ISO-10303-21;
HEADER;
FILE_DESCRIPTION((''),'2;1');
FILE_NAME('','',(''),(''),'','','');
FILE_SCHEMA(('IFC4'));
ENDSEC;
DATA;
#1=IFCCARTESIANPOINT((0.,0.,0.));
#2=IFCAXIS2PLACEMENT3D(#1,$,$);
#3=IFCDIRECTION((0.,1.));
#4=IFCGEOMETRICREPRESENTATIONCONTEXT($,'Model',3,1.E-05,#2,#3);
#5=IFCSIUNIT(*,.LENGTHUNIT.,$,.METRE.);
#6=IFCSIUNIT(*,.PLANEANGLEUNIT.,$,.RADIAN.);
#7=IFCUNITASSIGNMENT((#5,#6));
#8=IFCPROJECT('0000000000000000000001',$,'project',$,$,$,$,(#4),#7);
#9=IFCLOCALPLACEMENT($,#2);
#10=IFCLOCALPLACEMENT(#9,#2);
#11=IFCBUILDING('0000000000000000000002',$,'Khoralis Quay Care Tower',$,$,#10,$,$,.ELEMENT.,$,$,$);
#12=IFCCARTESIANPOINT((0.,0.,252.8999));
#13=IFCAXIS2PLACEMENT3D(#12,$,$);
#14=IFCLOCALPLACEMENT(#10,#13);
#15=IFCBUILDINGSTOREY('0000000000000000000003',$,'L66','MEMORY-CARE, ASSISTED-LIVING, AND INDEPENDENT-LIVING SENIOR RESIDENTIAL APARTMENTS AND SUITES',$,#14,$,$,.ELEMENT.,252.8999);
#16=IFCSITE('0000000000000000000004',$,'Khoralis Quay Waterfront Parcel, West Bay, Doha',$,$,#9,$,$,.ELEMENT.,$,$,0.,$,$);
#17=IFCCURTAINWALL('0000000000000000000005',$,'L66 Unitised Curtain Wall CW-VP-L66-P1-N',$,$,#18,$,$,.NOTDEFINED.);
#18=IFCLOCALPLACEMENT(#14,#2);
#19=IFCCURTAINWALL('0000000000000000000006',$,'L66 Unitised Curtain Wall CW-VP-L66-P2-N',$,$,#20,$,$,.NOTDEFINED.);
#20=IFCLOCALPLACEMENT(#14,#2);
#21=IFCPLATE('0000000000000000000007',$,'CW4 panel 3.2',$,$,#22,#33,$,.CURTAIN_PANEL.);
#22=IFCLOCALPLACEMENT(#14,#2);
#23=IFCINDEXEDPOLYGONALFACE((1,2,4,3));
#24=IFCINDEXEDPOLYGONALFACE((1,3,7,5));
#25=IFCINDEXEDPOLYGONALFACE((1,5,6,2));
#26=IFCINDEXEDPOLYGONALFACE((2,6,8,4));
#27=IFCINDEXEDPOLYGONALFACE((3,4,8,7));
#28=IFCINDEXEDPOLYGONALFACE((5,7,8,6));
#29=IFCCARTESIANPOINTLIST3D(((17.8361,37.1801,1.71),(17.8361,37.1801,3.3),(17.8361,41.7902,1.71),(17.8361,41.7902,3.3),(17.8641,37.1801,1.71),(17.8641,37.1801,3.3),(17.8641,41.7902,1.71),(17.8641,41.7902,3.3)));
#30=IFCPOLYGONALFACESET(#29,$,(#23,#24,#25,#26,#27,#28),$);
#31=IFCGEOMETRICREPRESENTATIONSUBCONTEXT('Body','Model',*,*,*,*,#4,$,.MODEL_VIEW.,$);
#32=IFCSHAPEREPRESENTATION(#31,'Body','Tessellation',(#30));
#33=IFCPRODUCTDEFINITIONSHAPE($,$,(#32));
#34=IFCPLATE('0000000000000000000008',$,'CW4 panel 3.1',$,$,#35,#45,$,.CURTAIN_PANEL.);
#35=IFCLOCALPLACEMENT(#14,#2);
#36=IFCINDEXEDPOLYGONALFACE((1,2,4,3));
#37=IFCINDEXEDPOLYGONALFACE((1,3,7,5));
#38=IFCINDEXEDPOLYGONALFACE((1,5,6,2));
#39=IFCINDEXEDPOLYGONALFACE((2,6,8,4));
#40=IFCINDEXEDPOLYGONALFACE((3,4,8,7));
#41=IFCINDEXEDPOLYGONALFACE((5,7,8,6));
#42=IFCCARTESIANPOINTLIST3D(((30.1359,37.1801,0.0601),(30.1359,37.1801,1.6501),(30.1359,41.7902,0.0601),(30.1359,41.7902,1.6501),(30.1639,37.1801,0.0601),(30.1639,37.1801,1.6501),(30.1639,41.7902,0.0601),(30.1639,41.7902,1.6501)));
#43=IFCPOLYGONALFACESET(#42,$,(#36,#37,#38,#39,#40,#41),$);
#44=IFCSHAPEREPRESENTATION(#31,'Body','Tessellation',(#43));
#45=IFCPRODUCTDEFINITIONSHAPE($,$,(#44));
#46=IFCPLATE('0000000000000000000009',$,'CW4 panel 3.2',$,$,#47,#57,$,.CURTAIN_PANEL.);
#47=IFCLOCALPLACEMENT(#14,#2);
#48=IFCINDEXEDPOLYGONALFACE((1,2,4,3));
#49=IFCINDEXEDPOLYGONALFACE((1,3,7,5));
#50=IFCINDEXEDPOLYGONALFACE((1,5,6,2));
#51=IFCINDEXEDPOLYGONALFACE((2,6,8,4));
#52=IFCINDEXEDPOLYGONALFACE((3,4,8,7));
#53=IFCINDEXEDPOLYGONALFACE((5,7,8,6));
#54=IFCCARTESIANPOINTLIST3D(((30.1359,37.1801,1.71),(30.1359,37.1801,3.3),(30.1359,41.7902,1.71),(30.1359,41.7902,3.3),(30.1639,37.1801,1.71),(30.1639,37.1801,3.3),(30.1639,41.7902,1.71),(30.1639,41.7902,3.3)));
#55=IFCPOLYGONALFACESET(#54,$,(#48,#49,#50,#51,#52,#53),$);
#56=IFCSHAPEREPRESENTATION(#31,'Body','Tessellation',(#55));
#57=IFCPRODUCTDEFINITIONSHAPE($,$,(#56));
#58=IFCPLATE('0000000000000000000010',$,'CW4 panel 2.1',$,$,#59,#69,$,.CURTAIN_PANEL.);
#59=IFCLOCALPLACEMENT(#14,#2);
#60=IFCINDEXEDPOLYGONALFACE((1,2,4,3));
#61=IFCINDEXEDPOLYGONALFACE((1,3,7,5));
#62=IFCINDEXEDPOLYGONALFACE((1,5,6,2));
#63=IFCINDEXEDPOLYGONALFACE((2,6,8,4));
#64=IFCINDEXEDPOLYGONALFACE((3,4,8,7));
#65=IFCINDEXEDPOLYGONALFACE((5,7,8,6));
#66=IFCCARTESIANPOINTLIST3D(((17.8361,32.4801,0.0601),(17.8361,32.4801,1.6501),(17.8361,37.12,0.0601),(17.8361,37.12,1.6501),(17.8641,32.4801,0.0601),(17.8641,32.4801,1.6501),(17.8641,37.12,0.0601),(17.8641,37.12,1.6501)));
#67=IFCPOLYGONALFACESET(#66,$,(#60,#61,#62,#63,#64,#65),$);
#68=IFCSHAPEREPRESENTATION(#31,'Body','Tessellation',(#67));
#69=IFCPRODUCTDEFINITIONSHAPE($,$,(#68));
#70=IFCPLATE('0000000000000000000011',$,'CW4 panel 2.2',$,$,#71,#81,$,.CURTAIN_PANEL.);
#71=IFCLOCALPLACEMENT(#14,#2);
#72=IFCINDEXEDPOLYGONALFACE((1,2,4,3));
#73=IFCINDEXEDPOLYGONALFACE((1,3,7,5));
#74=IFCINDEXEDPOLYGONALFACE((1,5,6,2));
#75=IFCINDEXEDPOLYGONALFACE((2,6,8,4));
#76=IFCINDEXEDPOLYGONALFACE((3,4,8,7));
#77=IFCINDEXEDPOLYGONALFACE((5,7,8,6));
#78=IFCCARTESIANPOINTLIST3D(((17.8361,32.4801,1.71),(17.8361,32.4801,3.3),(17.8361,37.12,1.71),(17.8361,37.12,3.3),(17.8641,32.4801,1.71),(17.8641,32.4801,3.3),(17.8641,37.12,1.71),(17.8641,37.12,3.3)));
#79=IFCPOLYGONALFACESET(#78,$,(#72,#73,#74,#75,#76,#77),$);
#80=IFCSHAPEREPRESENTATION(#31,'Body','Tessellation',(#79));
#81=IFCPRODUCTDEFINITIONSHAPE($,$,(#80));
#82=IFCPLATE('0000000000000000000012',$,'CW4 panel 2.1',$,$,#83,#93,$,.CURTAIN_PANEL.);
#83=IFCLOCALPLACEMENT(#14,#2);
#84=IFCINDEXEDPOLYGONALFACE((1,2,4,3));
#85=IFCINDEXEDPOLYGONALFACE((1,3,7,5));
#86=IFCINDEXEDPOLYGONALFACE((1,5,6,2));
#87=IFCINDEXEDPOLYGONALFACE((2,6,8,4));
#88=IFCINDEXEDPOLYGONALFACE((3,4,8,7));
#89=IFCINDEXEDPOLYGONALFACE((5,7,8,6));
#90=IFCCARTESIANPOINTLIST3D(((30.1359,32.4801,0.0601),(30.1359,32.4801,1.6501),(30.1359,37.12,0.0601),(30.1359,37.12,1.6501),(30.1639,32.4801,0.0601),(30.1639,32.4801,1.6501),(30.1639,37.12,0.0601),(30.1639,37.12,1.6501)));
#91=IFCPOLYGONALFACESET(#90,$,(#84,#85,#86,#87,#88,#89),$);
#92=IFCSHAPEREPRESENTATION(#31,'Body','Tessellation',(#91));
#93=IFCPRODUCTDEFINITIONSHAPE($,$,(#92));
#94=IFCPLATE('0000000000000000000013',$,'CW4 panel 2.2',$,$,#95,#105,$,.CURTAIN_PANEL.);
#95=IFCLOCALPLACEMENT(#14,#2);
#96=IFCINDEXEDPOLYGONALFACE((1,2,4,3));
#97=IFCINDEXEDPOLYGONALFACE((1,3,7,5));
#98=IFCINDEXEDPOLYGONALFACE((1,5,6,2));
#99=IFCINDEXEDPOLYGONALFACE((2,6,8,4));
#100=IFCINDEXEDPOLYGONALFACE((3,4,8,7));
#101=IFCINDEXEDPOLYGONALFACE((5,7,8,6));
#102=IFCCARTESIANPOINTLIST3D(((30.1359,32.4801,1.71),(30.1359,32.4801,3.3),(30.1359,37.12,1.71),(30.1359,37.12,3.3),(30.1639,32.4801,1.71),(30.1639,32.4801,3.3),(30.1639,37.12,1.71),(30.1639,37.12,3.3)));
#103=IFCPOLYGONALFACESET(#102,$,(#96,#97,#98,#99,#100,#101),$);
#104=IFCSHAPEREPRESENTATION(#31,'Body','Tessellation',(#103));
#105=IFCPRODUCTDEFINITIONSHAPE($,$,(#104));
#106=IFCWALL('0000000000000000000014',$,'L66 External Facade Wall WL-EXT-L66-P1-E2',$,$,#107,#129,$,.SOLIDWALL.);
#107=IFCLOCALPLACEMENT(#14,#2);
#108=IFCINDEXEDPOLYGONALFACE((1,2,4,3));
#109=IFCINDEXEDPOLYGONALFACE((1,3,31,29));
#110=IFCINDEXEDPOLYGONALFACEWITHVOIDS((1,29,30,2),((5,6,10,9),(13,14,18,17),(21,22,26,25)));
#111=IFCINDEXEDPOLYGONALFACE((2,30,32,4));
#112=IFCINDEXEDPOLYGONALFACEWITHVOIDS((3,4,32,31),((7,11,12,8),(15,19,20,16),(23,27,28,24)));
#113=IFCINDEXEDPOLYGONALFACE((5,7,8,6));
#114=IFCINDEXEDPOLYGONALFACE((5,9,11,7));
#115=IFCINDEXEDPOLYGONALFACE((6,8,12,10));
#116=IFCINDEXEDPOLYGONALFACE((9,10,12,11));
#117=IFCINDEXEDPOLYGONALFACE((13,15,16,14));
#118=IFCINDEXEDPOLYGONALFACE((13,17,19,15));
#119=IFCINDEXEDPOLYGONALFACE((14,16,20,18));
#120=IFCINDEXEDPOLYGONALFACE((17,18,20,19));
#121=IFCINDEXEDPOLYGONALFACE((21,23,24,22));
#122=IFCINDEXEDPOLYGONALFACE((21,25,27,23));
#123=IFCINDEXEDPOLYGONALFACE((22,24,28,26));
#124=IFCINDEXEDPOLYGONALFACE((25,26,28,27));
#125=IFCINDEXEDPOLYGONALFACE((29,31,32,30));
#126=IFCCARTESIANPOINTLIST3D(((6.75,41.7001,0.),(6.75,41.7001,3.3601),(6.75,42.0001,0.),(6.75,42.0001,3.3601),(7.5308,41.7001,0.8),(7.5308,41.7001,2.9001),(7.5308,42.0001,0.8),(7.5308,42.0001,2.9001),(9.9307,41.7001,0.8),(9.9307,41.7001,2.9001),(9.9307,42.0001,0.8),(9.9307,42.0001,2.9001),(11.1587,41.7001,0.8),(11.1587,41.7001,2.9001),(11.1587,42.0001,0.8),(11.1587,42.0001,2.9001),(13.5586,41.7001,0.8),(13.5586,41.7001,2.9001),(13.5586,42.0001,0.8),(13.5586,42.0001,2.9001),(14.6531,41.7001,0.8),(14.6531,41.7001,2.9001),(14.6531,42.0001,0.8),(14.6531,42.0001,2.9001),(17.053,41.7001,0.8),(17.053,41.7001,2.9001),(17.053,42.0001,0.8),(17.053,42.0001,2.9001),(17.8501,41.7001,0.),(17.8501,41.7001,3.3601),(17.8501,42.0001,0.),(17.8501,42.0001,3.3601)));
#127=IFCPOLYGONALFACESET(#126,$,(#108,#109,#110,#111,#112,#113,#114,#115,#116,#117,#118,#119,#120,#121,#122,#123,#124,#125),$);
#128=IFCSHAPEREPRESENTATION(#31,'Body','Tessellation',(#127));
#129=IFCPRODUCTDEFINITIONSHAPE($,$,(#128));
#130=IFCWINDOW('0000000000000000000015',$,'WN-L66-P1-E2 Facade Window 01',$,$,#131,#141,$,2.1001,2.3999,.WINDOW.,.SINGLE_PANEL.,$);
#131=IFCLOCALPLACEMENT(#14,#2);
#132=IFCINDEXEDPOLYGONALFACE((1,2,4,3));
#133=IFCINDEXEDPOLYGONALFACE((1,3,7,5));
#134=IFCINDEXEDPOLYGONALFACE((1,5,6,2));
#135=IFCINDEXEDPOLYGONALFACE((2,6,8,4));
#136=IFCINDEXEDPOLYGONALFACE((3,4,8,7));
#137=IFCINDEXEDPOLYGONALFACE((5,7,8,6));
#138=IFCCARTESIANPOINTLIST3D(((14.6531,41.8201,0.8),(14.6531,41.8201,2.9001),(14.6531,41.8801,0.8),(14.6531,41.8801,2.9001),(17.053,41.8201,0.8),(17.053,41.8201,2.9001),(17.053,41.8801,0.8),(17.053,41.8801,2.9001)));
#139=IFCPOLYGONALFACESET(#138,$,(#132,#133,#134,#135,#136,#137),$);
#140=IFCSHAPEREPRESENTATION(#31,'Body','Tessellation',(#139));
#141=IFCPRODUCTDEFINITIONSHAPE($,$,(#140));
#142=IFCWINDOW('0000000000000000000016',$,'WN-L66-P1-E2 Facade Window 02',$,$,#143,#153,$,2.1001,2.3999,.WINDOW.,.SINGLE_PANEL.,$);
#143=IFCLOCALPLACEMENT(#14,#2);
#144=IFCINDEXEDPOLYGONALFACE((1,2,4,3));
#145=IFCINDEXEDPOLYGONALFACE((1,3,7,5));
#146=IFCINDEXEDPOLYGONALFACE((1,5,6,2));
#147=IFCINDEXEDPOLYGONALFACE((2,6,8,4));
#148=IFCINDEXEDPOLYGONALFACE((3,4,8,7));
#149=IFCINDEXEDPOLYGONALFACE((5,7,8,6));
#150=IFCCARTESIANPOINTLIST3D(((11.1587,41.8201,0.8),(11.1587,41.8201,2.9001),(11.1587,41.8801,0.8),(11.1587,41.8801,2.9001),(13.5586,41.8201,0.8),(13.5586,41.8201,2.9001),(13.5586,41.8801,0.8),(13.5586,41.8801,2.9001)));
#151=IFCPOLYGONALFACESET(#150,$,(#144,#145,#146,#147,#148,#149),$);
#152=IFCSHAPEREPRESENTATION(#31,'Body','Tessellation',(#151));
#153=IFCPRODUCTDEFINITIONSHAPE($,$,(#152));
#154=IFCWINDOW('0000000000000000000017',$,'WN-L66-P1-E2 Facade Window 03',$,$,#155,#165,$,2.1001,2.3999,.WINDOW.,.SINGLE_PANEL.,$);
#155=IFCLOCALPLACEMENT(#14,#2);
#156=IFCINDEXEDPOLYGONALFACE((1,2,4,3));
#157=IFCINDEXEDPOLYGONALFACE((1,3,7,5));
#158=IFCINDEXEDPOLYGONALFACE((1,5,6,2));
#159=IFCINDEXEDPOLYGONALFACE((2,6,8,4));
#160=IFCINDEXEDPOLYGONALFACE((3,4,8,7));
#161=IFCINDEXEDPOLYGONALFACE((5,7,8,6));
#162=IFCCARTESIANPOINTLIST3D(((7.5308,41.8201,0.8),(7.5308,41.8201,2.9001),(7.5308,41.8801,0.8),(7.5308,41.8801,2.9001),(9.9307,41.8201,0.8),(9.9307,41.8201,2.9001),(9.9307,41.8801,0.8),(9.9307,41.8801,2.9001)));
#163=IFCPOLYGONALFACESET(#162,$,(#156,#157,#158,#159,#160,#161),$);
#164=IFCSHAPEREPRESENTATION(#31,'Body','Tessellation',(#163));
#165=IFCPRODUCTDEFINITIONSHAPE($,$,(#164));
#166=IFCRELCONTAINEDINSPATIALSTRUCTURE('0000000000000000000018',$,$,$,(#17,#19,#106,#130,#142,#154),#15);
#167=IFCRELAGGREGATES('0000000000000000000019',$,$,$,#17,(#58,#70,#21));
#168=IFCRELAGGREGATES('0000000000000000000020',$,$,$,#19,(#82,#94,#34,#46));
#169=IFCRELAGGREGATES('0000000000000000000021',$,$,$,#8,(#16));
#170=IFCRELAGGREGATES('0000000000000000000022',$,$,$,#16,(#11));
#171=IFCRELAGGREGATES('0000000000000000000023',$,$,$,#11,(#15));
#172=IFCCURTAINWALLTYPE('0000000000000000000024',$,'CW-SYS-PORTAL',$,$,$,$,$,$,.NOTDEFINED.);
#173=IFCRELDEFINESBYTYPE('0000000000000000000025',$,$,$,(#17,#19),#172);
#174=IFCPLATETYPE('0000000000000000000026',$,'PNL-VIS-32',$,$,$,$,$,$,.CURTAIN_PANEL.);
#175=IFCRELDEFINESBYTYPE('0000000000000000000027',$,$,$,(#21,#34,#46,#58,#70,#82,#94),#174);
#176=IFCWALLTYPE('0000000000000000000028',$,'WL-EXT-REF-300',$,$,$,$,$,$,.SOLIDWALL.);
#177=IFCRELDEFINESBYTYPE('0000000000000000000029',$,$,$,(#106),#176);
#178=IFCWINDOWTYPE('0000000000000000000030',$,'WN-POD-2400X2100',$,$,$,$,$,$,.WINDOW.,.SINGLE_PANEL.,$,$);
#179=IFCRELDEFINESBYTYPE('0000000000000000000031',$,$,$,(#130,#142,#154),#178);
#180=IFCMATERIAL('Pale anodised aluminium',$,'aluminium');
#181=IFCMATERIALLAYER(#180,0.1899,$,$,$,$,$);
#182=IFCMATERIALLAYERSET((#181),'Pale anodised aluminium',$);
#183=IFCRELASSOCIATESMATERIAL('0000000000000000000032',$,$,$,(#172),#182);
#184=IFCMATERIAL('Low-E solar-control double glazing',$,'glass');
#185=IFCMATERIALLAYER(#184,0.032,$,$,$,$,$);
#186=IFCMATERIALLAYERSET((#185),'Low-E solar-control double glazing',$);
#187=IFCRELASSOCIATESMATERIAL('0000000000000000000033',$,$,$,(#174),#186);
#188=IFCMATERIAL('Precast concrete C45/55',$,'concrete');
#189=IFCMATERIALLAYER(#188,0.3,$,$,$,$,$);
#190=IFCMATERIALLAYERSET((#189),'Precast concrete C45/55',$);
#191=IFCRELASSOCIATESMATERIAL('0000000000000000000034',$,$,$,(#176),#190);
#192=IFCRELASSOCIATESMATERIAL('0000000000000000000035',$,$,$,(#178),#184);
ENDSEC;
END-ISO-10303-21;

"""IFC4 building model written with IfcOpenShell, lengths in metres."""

from ifc_helpers import new_model, si_unit, direction, frame, frame_2d, origin, origin_2d, place, context, subcontext, project, spatial, rectangle, extrude, source, transform, mapped, material, layer, layer_set, type_object, element, fill, aggregate, save


model = new_model("IFC4")

# Units and contexts
model_context = context("Model", 3, precision=1e-05, world=origin(), true_north=direction((0.0, 1.0)))
body_context = subcontext(model_context, "Body", "Model", "MODEL_VIEW")
ifc_project = project(units=[si_unit("LENGTHUNIT", "METRE"), si_unit("PLANEANGLEUNIT", "RADIAN")], contexts=[model_context])

# Site, building, storey
site_placement = place(None, origin())
site = spatial("IfcSite", under=ifc_project, at=site_placement, Name="Khoralis Quay Waterfront Parcel, West Bay, Doha", CompositionType="ELEMENT", RefElevation=0.0)
building_placement = place(site_placement, origin())
building = spatial("IfcBuilding", under=site, at=building_placement, Name="Khoralis Quay Care Tower", CompositionType="ELEMENT")
storey_placement = place(building_placement, frame((0.0, 0.0, 252.8999)))
storey = spatial("IfcBuildingStorey", under=building, at=storey_placement, Name="L66", Description="MEMORY-CARE, ASSISTED-LIVING, AND INDEPENDENT-LIVING SENIOR RESIDENTIAL APARTMENTS AND SUITES", CompositionType="ELEMENT", Elevation=252.8999)

# Curtain walls
ifc_material_1 = material(Name="Pale anodised aluminium", Category="aluminium")
ifc_layer_1 = layer(ifc_material_1, 0.1899)
ifc_layer_set_1 = layer_set([ifc_layer_1], Name="Pale anodised aluminium")
curtain_wall_type = type_object("IfcCurtainWallType", Name="CW-SYS-PORTAL", PredefinedType="NOTDEFINED", material=ifc_layer_set_1)
curtain_wall_1_placement = place(storey_placement, origin())
curtain_wall_1 = element("IfcCurtainWall", 1, at=curtain_wall_1_placement, inside=storey, type_object=curtain_wall_type, Name="L66 Unitised Curtain Wall CW-VP-L66-P1-N", PredefinedType="NOTDEFINED")
curtain_wall_2_placement = place(storey_placement, origin())
curtain_wall_2 = element("IfcCurtainWall", 2, at=curtain_wall_2_placement, inside=storey, type_object=curtain_wall_type, Name="L66 Unitised Curtain Wall CW-VP-L66-P2-N", PredefinedType="NOTDEFINED")

# Plates
ifc_material_2 = material(Name="Low-E solar-control double glazing", Category="glass")
ifc_layer_2 = layer(ifc_material_2, 0.032)
ifc_layer_set_2 = layer_set([ifc_layer_2], Name="Low-E solar-control double glazing")
plate_type = type_object("IfcPlateType", Name="PNL-VIS-32", PredefinedType="CURTAIN_PANEL", material=ifc_layer_set_2)
shared_shape_1 = source(origin(), body_context, "Body", "SweptSolid", [
    extrude(rectangle(XDim=4.6101, YDim=0.0281, at=origin_2d()), origin(), (0.0, 0.0, 1.0), 1.5901),
])
plate_1_placement = place(storey_placement, frame((17.8501, 39.4851, 1.71), z_axis=(0.0, 0.0, 1.0), x_axis=(0.0, 1.0, 0.0)))
plate_1 = element("IfcPlate", 3, at=plate_1_placement, type_object=plate_type, Name="CW4 panel 3.2", PredefinedType="CURTAIN_PANEL", context=body_context, shape_type="MappedRepresentation", body=[
    mapped(shared_shape_1, transform((0.0, 0.0, 0.0), scale=1.0)),
])
plate_2_placement = place(storey_placement, frame((30.1499, 39.4851, 0.0601), z_axis=(0.0, 0.0, 1.0), x_axis=(0.0, 1.0, 0.0)))
plate_2 = element("IfcPlate", 4, at=plate_2_placement, type_object=plate_type, Name="CW4 panel 3.1", PredefinedType="CURTAIN_PANEL", context=body_context, shape_type="MappedRepresentation", body=[
    mapped(shared_shape_1, transform((0.0, 0.0, 0.0), scale=1.0)),
])
plate_3_placement = place(storey_placement, frame((30.1499, 39.4851, 1.71), z_axis=(0.0, 0.0, 1.0), x_axis=(0.0, 1.0, 0.0)))
plate_3 = element("IfcPlate", 5, at=plate_3_placement, type_object=plate_type, Name="CW4 panel 3.2", PredefinedType="CURTAIN_PANEL", context=body_context, shape_type="MappedRepresentation", body=[
    mapped(shared_shape_1, transform((0.0, 0.0, 0.0), scale=1.0)),
])
shared_shape_2 = source(origin(), body_context, "Body", "SweptSolid", [
    extrude(rectangle(XDim=4.6399, YDim=0.0281, at=origin_2d()), origin(), (0.0, 0.0, 1.0), 1.5901),
])
plate_4_placement = place(storey_placement, frame((17.8501, 34.8, 0.0601), z_axis=(0.0, 0.0, 1.0), x_axis=(0.0, 1.0, 0.0)))
plate_4 = element("IfcPlate", 6, at=plate_4_placement, type_object=plate_type, Name="CW4 panel 2.1", PredefinedType="CURTAIN_PANEL", context=body_context, shape_type="MappedRepresentation", body=[
    mapped(shared_shape_2, transform((0.0, 0.0, 0.0), scale=1.0)),
])
plate_5_placement = place(storey_placement, frame((17.8501, 34.8, 1.71), z_axis=(0.0, 0.0, 1.0), x_axis=(0.0, 1.0, 0.0)))
plate_5 = element("IfcPlate", 7, at=plate_5_placement, type_object=plate_type, Name="CW4 panel 2.2", PredefinedType="CURTAIN_PANEL", context=body_context, shape_type="MappedRepresentation", body=[
    mapped(shared_shape_2, transform((0.0, 0.0, 0.0), scale=1.0)),
])
aggregate(curtain_wall_1, [plate_4, plate_5, plate_1])
plate_6_placement = place(storey_placement, frame((30.1499, 34.8, 0.0601), z_axis=(0.0, 0.0, 1.0), x_axis=(0.0, 1.0, 0.0)))
plate_6 = element("IfcPlate", 8, at=plate_6_placement, type_object=plate_type, Name="CW4 panel 2.1", PredefinedType="CURTAIN_PANEL", context=body_context, shape_type="MappedRepresentation", body=[
    mapped(shared_shape_2, transform((0.0, 0.0, 0.0), scale=1.0)),
])
plate_7_placement = place(storey_placement, frame((30.1499, 34.8, 1.71), z_axis=(0.0, 0.0, 1.0), x_axis=(0.0, 1.0, 0.0)))
plate_7 = element("IfcPlate", 9, at=plate_7_placement, type_object=plate_type, Name="CW4 panel 2.2", PredefinedType="CURTAIN_PANEL", context=body_context, shape_type="MappedRepresentation", body=[
    mapped(shared_shape_2, transform((0.0, 0.0, 0.0), scale=1.0)),
])
aggregate(curtain_wall_2, [plate_6, plate_7, plate_2, plate_3])

# Wall, openings, windows
ifc_material_3 = material(Name="Precast concrete C45/55", Category="concrete")
ifc_layer_3 = layer(ifc_material_3, 0.3)
ifc_layer_set_3 = layer_set([ifc_layer_3], Name="Precast concrete C45/55")
wall_type = type_object("IfcWallType", Name="WL-EXT-REF-300", PredefinedType="SOLIDWALL", material=ifc_layer_set_3)
wall_placement = place(storey_placement, frame((17.8501, 41.8501, 0.0), z_axis=(0.0, 0.0, 1.0), x_axis=(-1.0, 0.0, 0.0)))
wall = element("IfcWall", 10, at=wall_placement, inside=storey, type_object=wall_type, Name="L66 External Facade Wall WL-EXT-L66-P1-E2", PredefinedType="SOLIDWALL", context=body_context, shape_type="SweptSolid", body=[
    extrude(rectangle(XDim=11.1001, YDim=0.3, at=frame_2d((5.55, 0.0))), origin(), (0.0, 0.0, 1.0), 3.3601),
])
opening_1_placement = place(wall_placement, frame((0.7971, 0.0, 0.8)))
opening_1 = element("IfcOpeningElement", 11, at=opening_1_placement, cuts=wall, PredefinedType="OPENING", context=body_context, shape_type="SweptSolid", body=[
    extrude(rectangle(XDim=2.3999, YDim=2.1001, at=frame_2d((1.2, 1.05))), frame((0.0, 0.1602, 0.0), z_axis=(0.0, -1.0, 0.0), x_axis=(1.0, 0.0, 0.0)), (0.0, 0.0, 1.0), 0.3201),
])
opening_2_placement = place(wall_placement, frame((4.2915, 0.0, 0.8)))
opening_2 = element("IfcOpeningElement", 12, at=opening_2_placement, cuts=wall, PredefinedType="OPENING", context=body_context, shape_type="SweptSolid", body=[
    extrude(rectangle(XDim=2.3999, YDim=2.1001, at=frame_2d((1.2, 1.05))), frame((0.0, 0.1602, 0.0), z_axis=(0.0, -1.0, 0.0), x_axis=(1.0, 0.0, 0.0)), (0.0, 0.0, 1.0), 0.3201),
])
opening_3_placement = place(wall_placement, frame((7.9194, 0.0, 0.8)))
opening_3 = element("IfcOpeningElement", 13, at=opening_3_placement, cuts=wall, PredefinedType="OPENING", context=body_context, shape_type="SweptSolid", body=[
    extrude(rectangle(XDim=2.3999, YDim=2.1001, at=frame_2d((1.2, 1.05))), frame((0.0, 0.1602, 0.0), z_axis=(0.0, -1.0, 0.0), x_axis=(1.0, 0.0, 0.0)), (0.0, 0.0, 1.0), 0.3201),
])
window_type = type_object("IfcWindowType", Name="WN-POD-2400X2100", PartitioningType="SINGLE_PANEL", PredefinedType="WINDOW", material=ifc_material_2)
shared_shape_3 = source(origin(), body_context, "Body", "SweptSolid", [
    extrude(rectangle(XDim=2.3999, YDim=2.1001, at=frame_2d((1.2, 1.05))), frame((0.0, 0.03, 0.0), z_axis=(0.0, -1.0, 0.0), x_axis=(1.0, 0.0, 0.0)), (0.0, 0.0, 1.0), 0.0601),
])
window_1_placement = place(opening_1_placement, origin())
window_1 = element("IfcWindow", 14, at=window_1_placement, inside=storey, type_object=window_type, Name="WN-L66-P1-E2 Facade Window 01", OverallHeight=2.1001, OverallWidth=2.3999, PartitioningType="SINGLE_PANEL", PredefinedType="WINDOW", context=body_context, shape_type="MappedRepresentation", body=[
    mapped(shared_shape_3, transform((0.0, 0.0, 0.0), scale=1.0)),
])
fill(opening_1, window_1)
window_2_placement = place(opening_2_placement, origin())
window_2 = element("IfcWindow", 15, at=window_2_placement, inside=storey, type_object=window_type, Name="WN-L66-P1-E2 Facade Window 02", OverallHeight=2.1001, OverallWidth=2.3999, PartitioningType="SINGLE_PANEL", PredefinedType="WINDOW", context=body_context, shape_type="MappedRepresentation", body=[
    mapped(shared_shape_3, transform((0.0, 0.0, 0.0), scale=1.0)),
])
fill(opening_2, window_2)
window_3_placement = place(opening_3_placement, origin())
window_3 = element("IfcWindow", 16, at=window_3_placement, inside=storey, type_object=window_type, Name="WN-L66-P1-E2 Facade Window 03", OverallHeight=2.1001, OverallWidth=2.3999, PartitioningType="SINGLE_PANEL", PredefinedType="WINDOW", context=body_context, shape_type="MappedRepresentation", body=[
    mapped(shared_shape_3, transform((0.0, 0.0, 0.0), scale=1.0)),
])
fill(opening_3, window_3)

save(model, "model.ifc")
